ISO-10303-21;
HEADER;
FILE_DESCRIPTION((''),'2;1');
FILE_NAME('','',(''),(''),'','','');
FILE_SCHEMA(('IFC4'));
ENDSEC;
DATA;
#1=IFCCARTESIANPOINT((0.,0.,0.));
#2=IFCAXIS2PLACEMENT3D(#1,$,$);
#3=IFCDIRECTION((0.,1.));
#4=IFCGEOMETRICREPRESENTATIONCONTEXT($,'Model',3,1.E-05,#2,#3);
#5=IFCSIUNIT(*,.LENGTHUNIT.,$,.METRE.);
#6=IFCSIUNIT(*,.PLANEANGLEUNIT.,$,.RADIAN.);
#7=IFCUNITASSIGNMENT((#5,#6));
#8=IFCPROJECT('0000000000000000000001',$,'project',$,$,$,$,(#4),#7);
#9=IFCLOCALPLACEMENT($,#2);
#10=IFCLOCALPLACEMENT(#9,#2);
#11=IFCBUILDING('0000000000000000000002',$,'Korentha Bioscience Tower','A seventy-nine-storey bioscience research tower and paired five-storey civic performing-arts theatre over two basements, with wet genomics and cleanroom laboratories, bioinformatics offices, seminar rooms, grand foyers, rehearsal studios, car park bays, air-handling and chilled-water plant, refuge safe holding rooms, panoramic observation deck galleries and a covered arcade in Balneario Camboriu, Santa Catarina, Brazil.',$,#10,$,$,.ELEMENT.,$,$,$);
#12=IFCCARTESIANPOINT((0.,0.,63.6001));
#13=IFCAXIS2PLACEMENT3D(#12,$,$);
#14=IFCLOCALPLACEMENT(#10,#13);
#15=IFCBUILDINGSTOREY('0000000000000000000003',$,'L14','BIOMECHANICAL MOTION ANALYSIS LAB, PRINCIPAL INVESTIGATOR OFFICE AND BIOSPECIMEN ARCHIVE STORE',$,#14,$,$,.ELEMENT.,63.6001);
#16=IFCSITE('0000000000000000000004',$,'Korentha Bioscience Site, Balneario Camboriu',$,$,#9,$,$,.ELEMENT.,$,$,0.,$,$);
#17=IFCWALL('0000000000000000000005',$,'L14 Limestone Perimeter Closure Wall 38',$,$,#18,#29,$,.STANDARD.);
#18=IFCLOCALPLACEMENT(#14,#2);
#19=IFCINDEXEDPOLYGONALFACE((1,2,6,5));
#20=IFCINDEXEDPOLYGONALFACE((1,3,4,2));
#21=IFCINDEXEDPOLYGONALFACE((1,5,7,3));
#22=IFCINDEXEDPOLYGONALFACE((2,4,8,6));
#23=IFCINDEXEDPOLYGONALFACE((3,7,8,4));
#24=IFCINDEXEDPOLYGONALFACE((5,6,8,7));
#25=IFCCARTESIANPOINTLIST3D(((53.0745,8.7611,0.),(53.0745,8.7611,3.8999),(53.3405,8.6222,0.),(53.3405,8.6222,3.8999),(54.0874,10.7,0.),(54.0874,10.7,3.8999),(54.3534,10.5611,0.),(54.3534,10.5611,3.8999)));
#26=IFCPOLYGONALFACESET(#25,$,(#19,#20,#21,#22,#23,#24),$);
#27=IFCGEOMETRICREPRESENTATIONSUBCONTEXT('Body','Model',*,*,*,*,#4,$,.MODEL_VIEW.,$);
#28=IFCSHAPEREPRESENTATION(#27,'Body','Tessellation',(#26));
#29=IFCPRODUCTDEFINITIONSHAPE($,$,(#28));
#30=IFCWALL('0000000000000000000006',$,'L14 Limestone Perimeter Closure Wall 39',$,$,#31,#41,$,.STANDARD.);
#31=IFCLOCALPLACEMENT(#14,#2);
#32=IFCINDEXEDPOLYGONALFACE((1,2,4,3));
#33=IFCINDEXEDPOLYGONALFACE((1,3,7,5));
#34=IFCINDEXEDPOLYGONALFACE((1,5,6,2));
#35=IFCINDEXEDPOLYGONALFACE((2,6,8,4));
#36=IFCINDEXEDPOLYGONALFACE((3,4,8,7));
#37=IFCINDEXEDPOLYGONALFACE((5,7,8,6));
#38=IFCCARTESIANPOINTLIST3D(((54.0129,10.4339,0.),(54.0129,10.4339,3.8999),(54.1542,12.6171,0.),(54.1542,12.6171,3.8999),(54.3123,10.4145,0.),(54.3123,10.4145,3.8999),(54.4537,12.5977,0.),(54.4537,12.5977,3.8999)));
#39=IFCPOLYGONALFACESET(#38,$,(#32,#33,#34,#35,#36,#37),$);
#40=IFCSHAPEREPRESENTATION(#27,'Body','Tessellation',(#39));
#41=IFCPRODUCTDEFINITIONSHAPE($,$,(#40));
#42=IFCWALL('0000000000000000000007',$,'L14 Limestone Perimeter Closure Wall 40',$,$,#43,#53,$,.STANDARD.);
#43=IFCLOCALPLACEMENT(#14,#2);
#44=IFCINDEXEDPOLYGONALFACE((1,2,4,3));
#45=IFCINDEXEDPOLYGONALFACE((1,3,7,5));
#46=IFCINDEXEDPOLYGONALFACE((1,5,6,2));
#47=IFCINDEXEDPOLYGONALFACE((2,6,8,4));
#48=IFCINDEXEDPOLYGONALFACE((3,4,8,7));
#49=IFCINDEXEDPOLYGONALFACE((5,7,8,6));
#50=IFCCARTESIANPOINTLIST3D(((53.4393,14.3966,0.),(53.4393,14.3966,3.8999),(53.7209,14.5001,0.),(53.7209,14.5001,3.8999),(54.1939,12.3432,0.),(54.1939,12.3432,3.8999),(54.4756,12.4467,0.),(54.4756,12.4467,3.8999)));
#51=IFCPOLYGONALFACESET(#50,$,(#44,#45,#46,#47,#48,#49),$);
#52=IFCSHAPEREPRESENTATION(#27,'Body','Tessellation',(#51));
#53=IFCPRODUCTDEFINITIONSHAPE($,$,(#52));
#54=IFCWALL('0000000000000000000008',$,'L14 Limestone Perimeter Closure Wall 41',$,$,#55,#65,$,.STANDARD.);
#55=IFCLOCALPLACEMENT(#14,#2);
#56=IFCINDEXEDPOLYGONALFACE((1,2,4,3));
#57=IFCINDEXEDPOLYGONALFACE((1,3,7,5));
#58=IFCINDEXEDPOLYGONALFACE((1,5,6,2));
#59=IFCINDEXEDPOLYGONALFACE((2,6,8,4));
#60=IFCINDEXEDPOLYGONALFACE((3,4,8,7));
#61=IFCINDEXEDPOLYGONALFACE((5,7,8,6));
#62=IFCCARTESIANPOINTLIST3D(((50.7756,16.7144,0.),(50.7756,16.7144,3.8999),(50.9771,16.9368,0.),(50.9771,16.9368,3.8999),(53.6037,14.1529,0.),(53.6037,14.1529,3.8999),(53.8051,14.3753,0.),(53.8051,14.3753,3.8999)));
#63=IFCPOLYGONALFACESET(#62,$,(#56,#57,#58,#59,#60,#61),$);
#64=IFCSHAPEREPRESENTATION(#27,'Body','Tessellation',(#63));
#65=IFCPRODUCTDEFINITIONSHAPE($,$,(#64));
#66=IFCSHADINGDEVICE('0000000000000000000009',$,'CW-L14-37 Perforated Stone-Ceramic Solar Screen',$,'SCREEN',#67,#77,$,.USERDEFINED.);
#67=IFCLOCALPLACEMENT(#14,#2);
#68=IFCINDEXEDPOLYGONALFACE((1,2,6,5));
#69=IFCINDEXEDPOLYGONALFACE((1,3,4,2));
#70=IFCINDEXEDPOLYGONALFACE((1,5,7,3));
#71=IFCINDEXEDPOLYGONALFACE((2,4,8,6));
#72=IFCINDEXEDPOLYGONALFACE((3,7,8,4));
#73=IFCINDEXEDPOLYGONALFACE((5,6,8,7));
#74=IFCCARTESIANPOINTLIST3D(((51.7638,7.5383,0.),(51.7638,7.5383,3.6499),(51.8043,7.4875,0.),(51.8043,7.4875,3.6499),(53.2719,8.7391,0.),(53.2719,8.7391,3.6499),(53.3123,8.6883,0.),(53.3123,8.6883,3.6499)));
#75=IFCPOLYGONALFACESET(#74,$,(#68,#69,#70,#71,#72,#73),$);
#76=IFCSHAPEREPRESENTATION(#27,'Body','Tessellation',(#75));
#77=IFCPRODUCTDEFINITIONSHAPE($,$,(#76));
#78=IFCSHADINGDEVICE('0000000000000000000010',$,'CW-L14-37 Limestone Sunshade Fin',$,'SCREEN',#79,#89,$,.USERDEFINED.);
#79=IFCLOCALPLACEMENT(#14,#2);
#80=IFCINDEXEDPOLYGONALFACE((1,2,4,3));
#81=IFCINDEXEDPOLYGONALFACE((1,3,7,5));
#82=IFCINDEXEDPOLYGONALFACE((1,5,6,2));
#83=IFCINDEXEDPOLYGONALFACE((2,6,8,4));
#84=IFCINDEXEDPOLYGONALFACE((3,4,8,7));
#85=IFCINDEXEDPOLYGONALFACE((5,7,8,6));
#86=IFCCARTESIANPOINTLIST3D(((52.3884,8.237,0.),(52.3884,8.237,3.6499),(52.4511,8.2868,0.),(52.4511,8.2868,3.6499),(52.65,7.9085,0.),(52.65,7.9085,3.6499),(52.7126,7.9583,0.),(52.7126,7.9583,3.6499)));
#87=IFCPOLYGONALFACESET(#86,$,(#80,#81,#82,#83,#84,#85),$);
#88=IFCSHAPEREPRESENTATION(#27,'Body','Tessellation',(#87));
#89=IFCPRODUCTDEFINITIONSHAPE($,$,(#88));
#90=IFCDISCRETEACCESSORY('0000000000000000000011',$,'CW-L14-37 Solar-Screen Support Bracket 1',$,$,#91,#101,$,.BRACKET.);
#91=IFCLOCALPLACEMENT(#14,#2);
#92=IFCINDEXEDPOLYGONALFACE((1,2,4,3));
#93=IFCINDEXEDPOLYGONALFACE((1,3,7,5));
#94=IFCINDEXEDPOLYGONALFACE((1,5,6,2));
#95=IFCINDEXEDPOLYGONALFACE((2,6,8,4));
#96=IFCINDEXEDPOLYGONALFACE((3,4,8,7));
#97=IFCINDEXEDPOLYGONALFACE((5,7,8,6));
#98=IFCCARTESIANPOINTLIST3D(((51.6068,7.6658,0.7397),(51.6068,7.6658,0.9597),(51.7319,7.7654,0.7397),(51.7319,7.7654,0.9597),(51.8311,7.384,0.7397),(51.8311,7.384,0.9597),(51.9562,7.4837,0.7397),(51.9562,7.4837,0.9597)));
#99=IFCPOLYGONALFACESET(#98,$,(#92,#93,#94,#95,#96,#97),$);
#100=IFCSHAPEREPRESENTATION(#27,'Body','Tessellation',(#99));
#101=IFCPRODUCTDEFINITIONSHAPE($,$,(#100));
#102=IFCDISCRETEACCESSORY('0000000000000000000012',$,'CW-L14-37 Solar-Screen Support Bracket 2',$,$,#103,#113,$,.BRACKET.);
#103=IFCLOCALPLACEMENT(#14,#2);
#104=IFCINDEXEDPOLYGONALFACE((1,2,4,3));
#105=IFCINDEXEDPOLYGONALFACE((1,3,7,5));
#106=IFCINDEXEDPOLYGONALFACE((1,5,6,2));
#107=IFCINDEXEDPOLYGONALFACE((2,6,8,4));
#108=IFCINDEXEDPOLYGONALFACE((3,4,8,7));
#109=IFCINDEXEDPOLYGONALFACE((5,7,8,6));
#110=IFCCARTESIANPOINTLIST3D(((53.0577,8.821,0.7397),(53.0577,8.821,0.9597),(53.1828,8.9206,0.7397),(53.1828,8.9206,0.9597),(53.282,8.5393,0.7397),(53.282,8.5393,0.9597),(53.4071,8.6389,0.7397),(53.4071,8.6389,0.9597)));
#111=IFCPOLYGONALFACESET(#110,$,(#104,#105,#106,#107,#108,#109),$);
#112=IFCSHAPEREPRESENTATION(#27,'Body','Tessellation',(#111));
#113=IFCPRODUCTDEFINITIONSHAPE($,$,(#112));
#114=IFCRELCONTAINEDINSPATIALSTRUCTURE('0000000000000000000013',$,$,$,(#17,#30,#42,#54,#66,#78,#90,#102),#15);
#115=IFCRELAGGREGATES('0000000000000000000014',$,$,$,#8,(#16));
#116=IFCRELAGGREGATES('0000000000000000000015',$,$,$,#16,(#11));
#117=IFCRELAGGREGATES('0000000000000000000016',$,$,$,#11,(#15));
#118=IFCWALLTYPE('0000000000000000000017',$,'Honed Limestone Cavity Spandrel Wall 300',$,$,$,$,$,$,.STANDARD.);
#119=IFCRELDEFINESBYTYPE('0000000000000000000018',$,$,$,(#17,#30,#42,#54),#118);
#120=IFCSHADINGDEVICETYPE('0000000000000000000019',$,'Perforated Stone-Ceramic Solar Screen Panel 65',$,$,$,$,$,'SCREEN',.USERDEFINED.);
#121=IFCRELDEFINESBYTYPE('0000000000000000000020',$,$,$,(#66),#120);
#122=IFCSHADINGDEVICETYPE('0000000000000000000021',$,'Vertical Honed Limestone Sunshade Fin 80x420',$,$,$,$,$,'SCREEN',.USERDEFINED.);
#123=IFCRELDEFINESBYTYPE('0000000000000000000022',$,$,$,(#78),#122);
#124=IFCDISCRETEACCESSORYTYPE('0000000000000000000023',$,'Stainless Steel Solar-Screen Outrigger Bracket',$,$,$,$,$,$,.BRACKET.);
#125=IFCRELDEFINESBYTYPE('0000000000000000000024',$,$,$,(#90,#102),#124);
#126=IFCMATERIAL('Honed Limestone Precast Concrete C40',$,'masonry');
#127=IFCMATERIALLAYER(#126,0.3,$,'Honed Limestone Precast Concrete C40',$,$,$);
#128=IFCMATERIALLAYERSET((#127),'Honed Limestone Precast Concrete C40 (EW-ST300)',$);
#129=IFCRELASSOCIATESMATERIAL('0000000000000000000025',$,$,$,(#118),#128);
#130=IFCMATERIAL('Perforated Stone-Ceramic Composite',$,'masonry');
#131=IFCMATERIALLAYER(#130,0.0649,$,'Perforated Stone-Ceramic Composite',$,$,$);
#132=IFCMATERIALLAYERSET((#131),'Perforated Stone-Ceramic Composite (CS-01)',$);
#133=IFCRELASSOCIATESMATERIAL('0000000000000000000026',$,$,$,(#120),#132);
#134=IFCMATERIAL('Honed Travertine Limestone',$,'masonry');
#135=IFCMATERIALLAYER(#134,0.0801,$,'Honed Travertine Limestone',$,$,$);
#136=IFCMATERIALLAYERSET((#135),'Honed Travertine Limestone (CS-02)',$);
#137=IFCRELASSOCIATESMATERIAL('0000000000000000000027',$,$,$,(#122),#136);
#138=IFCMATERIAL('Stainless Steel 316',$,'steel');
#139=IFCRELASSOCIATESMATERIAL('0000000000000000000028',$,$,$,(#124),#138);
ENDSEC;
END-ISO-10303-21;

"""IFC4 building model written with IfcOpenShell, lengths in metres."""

from ifc_helpers import new_model, si_unit, direction, frame, frame_2d, origin, origin_2d, place, context, subcontext, project, spatial, rectangle, extrude, material, layer, layer_set, type_object, element, save


model = new_model("IFC4")

# Units and contexts
model_context = context("Model", 3, precision=1e-05, world=origin(), true_north=direction((0.0, 1.0)))
body_context = subcontext(model_context, "Body", "Model", "MODEL_VIEW")
ifc_project = project(units=[si_unit("LENGTHUNIT", "METRE"), si_unit("PLANEANGLEUNIT", "RADIAN")], contexts=[model_context])

# Site, building, storey
site_placement = place(None, origin())
site = spatial("IfcSite", under=ifc_project, at=site_placement, Name="Korentha Bioscience Site, Balneario Camboriu", CompositionType="ELEMENT", RefElevation=0.0)
building_placement = place(site_placement, origin())
building = spatial("IfcBuilding", under=site, at=building_placement, Name="Korentha Bioscience Tower", Description="A seventy-nine-storey bioscience research tower and paired five-storey civic performing-arts theatre over two basements, with wet genomics and cleanroom laboratories, bioinformatics offices, seminar rooms, grand foyers, rehearsal studios, car park bays, air-handling and chilled-water plant, refuge safe holding rooms, panoramic observation deck galleries and a covered arcade in Balneario Camboriu, Santa Catarina, Brazil.", CompositionType="ELEMENT")
storey_placement = place(building_placement, frame((0.0, 0.0, 63.6001)))
storey = spatial("IfcBuildingStorey", under=building, at=storey_placement, Name="L14", Description="BIOMECHANICAL MOTION ANALYSIS LAB, PRINCIPAL INVESTIGATOR OFFICE AND BIOSPECIMEN ARCHIVE STORE", CompositionType="ELEMENT", Elevation=63.6001)

# Shared definitions
ifc_material_1 = material(Name="Honed Limestone Precast Concrete C40", Category="masonry")
ifc_layer_1 = layer(ifc_material_1, 0.3, Name="Honed Limestone Precast Concrete C40")
ifc_layer_set_1 = layer_set([ifc_layer_1], Name="Honed Limestone Precast Concrete C40 (EW-ST300)")
wall_type = type_object("IfcWallType", Name="Honed Limestone Cavity Spandrel Wall 300", PredefinedType="STANDARD", material=ifc_layer_set_1)

# Walls
wall_1_placement = place(storey_placement, frame((53.2075, 8.6917, 0.0), z_axis=(0.0, 0.0, 1.0), x_axis=(0.463035, 0.88634, 0.0)))
element("IfcWall", 1, at=wall_1_placement, inside=storey, type_object=wall_type, Name="L14 Limestone Perimeter Closure Wall 38", PredefinedType="STANDARD", context=body_context, shape_type="SweptSolid", body=[
    extrude(rectangle(XDim=2.1875, YDim=0.3, at=frame_2d((1.0938, 0.0))), origin(), (0.0, 0.0, 1.0), 3.8999),
])
for number, where, z_axis, x_axis, name in (
    (2, (54.1626, 10.4243, 0.0), (0.0, 0.0, 1.0), (0.064615, 0.99791, 0.0), "L14 Limestone Perimeter Closure Wall 39"),
    (3, (54.3347, 12.395, 0.0), (0.0, 0.0, 1.0), (-0.34494, 0.938625, 0.0), "L14 Limestone Perimeter Closure Wall 40"),
):
    element("IfcWall", number, at=place(storey_placement, frame(where, z_axis=z_axis, x_axis=x_axis)), inside=storey, type_object=wall_type, Name=name, PredefinedType="STANDARD", context=body_context, shape_type="SweptSolid", body=[
        extrude(rectangle(XDim=2.1877, YDim=0.3, at=frame_2d((1.0938, 0.0))), origin(), (0.0, 0.0, 1.0), 3.8999),
    ])
wall_2_placement = place(storey_placement, frame((53.7043, 14.2642, 0.0), z_axis=(0.0, 0.0, 1.0), x_axis=(-0.741178, 0.671309, 0.0)))
element("IfcWall", 4, at=wall_2_placement, inside=storey, type_object=wall_type, Name="L14 Limestone Perimeter Closure Wall 41", PredefinedType="STANDARD", context=body_context, shape_type="SweptSolid", body=[
    extrude(rectangle(XDim=3.8157, YDim=0.3, at=frame_2d((1.9077, 0.0))), origin(), (0.0, 0.0, 1.0), 3.8999),
])

# Shading devices
ifc_material_2 = material(Name="Perforated Stone-Ceramic Composite", Category="masonry")
ifc_layer_2 = layer(ifc_material_2, 0.0649, Name="Perforated Stone-Ceramic Composite")
ifc_layer_set_2 = layer_set([ifc_layer_2], Name="Perforated Stone-Ceramic Composite (CS-01)")
shading_device_type_1 = type_object("IfcShadingDeviceType", Name="Perforated Stone-Ceramic Solar Screen Panel 65", ElementType="SCREEN", PredefinedType="USERDEFINED", material=ifc_layer_set_2)
shading_device_1_placement = place(storey_placement, frame((52.5381, 8.1133, 0.0), z_axis=(0.0, 0.0, 1.0), x_axis=(0.782288, 0.622917, 0.0)))
element("IfcShadingDevice", 5, at=shading_device_1_placement, inside=storey, type_object=shading_device_type_1, Name="CW-L14-37 Perforated Stone-Ceramic Solar Screen", ObjectType="SCREEN", PredefinedType="USERDEFINED", context=body_context, shape_type="SweptSolid", body=[
    extrude(rectangle(XDim=1.9277, YDim=0.0649, at=origin_2d()), origin(), (0.0, 0.0, 1.0), 3.6499),
])
ifc_material_3 = material(Name="Honed Travertine Limestone", Category="masonry")
ifc_layer_3 = layer(ifc_material_3, 0.0801, Name="Honed Travertine Limestone")
ifc_layer_set_3 = layer_set([ifc_layer_3], Name="Honed Travertine Limestone (CS-02)")
shading_device_type_2 = type_object("IfcShadingDeviceType", Name="Vertical Honed Limestone Sunshade Fin 80x420", ElementType="SCREEN", PredefinedType="USERDEFINED", material=ifc_layer_set_3)
shading_device_2_placement = place(storey_placement, frame((52.5505, 8.0977, 0.0), z_axis=(0.0, 0.0, 1.0), x_axis=(0.782288, 0.622917, 0.0)))
element("IfcShadingDevice", 6, at=shading_device_2_placement, inside=storey, type_object=shading_device_type_2, Name="CW-L14-37 Limestone Sunshade Fin", ObjectType="SCREEN", PredefinedType="USERDEFINED", context=body_context, shape_type="SweptSolid", body=[
    extrude(rectangle(XDim=0.0801, YDim=0.4199, at=origin_2d()), origin(), (0.0, 0.0, 1.0), 3.6499),
])

# Discrete accessories
ifc_material_4 = material(Name="Stainless Steel 316", Category="steel")
discrete_accessory_type = type_object("IfcDiscreteAccessoryType", Name="Stainless Steel Solar-Screen Outrigger Bracket", PredefinedType="BRACKET", material=ifc_material_4)
for number, where, z_axis, x_axis, name in (
    (7, (51.7815, 7.5747, 0.7397), (0.0, 0.0, 1.0), (0.782288, 0.622917, 0.0), "CW-L14-37 Solar-Screen Support Bracket 1"),
    (8, (53.2324, 8.73, 0.7397), (0.0, 0.0, 1.0), (0.782288, 0.622917, 0.0), "CW-L14-37 Solar-Screen Support Bracket 2"),
):
    element("IfcDiscreteAccessory", number, at=place(storey_placement, frame(where, z_axis=z_axis, x_axis=x_axis)), inside=storey, type_object=discrete_accessory_type, Name=name, PredefinedType="BRACKET", context=body_context, shape_type="SweptSolid", body=[
        extrude(rectangle(XDim=0.1599, YDim=0.3601, at=origin_2d()), origin(), (0.0, 0.0, 1.0), 0.22),
    ])

save(model, "model.ifc")
